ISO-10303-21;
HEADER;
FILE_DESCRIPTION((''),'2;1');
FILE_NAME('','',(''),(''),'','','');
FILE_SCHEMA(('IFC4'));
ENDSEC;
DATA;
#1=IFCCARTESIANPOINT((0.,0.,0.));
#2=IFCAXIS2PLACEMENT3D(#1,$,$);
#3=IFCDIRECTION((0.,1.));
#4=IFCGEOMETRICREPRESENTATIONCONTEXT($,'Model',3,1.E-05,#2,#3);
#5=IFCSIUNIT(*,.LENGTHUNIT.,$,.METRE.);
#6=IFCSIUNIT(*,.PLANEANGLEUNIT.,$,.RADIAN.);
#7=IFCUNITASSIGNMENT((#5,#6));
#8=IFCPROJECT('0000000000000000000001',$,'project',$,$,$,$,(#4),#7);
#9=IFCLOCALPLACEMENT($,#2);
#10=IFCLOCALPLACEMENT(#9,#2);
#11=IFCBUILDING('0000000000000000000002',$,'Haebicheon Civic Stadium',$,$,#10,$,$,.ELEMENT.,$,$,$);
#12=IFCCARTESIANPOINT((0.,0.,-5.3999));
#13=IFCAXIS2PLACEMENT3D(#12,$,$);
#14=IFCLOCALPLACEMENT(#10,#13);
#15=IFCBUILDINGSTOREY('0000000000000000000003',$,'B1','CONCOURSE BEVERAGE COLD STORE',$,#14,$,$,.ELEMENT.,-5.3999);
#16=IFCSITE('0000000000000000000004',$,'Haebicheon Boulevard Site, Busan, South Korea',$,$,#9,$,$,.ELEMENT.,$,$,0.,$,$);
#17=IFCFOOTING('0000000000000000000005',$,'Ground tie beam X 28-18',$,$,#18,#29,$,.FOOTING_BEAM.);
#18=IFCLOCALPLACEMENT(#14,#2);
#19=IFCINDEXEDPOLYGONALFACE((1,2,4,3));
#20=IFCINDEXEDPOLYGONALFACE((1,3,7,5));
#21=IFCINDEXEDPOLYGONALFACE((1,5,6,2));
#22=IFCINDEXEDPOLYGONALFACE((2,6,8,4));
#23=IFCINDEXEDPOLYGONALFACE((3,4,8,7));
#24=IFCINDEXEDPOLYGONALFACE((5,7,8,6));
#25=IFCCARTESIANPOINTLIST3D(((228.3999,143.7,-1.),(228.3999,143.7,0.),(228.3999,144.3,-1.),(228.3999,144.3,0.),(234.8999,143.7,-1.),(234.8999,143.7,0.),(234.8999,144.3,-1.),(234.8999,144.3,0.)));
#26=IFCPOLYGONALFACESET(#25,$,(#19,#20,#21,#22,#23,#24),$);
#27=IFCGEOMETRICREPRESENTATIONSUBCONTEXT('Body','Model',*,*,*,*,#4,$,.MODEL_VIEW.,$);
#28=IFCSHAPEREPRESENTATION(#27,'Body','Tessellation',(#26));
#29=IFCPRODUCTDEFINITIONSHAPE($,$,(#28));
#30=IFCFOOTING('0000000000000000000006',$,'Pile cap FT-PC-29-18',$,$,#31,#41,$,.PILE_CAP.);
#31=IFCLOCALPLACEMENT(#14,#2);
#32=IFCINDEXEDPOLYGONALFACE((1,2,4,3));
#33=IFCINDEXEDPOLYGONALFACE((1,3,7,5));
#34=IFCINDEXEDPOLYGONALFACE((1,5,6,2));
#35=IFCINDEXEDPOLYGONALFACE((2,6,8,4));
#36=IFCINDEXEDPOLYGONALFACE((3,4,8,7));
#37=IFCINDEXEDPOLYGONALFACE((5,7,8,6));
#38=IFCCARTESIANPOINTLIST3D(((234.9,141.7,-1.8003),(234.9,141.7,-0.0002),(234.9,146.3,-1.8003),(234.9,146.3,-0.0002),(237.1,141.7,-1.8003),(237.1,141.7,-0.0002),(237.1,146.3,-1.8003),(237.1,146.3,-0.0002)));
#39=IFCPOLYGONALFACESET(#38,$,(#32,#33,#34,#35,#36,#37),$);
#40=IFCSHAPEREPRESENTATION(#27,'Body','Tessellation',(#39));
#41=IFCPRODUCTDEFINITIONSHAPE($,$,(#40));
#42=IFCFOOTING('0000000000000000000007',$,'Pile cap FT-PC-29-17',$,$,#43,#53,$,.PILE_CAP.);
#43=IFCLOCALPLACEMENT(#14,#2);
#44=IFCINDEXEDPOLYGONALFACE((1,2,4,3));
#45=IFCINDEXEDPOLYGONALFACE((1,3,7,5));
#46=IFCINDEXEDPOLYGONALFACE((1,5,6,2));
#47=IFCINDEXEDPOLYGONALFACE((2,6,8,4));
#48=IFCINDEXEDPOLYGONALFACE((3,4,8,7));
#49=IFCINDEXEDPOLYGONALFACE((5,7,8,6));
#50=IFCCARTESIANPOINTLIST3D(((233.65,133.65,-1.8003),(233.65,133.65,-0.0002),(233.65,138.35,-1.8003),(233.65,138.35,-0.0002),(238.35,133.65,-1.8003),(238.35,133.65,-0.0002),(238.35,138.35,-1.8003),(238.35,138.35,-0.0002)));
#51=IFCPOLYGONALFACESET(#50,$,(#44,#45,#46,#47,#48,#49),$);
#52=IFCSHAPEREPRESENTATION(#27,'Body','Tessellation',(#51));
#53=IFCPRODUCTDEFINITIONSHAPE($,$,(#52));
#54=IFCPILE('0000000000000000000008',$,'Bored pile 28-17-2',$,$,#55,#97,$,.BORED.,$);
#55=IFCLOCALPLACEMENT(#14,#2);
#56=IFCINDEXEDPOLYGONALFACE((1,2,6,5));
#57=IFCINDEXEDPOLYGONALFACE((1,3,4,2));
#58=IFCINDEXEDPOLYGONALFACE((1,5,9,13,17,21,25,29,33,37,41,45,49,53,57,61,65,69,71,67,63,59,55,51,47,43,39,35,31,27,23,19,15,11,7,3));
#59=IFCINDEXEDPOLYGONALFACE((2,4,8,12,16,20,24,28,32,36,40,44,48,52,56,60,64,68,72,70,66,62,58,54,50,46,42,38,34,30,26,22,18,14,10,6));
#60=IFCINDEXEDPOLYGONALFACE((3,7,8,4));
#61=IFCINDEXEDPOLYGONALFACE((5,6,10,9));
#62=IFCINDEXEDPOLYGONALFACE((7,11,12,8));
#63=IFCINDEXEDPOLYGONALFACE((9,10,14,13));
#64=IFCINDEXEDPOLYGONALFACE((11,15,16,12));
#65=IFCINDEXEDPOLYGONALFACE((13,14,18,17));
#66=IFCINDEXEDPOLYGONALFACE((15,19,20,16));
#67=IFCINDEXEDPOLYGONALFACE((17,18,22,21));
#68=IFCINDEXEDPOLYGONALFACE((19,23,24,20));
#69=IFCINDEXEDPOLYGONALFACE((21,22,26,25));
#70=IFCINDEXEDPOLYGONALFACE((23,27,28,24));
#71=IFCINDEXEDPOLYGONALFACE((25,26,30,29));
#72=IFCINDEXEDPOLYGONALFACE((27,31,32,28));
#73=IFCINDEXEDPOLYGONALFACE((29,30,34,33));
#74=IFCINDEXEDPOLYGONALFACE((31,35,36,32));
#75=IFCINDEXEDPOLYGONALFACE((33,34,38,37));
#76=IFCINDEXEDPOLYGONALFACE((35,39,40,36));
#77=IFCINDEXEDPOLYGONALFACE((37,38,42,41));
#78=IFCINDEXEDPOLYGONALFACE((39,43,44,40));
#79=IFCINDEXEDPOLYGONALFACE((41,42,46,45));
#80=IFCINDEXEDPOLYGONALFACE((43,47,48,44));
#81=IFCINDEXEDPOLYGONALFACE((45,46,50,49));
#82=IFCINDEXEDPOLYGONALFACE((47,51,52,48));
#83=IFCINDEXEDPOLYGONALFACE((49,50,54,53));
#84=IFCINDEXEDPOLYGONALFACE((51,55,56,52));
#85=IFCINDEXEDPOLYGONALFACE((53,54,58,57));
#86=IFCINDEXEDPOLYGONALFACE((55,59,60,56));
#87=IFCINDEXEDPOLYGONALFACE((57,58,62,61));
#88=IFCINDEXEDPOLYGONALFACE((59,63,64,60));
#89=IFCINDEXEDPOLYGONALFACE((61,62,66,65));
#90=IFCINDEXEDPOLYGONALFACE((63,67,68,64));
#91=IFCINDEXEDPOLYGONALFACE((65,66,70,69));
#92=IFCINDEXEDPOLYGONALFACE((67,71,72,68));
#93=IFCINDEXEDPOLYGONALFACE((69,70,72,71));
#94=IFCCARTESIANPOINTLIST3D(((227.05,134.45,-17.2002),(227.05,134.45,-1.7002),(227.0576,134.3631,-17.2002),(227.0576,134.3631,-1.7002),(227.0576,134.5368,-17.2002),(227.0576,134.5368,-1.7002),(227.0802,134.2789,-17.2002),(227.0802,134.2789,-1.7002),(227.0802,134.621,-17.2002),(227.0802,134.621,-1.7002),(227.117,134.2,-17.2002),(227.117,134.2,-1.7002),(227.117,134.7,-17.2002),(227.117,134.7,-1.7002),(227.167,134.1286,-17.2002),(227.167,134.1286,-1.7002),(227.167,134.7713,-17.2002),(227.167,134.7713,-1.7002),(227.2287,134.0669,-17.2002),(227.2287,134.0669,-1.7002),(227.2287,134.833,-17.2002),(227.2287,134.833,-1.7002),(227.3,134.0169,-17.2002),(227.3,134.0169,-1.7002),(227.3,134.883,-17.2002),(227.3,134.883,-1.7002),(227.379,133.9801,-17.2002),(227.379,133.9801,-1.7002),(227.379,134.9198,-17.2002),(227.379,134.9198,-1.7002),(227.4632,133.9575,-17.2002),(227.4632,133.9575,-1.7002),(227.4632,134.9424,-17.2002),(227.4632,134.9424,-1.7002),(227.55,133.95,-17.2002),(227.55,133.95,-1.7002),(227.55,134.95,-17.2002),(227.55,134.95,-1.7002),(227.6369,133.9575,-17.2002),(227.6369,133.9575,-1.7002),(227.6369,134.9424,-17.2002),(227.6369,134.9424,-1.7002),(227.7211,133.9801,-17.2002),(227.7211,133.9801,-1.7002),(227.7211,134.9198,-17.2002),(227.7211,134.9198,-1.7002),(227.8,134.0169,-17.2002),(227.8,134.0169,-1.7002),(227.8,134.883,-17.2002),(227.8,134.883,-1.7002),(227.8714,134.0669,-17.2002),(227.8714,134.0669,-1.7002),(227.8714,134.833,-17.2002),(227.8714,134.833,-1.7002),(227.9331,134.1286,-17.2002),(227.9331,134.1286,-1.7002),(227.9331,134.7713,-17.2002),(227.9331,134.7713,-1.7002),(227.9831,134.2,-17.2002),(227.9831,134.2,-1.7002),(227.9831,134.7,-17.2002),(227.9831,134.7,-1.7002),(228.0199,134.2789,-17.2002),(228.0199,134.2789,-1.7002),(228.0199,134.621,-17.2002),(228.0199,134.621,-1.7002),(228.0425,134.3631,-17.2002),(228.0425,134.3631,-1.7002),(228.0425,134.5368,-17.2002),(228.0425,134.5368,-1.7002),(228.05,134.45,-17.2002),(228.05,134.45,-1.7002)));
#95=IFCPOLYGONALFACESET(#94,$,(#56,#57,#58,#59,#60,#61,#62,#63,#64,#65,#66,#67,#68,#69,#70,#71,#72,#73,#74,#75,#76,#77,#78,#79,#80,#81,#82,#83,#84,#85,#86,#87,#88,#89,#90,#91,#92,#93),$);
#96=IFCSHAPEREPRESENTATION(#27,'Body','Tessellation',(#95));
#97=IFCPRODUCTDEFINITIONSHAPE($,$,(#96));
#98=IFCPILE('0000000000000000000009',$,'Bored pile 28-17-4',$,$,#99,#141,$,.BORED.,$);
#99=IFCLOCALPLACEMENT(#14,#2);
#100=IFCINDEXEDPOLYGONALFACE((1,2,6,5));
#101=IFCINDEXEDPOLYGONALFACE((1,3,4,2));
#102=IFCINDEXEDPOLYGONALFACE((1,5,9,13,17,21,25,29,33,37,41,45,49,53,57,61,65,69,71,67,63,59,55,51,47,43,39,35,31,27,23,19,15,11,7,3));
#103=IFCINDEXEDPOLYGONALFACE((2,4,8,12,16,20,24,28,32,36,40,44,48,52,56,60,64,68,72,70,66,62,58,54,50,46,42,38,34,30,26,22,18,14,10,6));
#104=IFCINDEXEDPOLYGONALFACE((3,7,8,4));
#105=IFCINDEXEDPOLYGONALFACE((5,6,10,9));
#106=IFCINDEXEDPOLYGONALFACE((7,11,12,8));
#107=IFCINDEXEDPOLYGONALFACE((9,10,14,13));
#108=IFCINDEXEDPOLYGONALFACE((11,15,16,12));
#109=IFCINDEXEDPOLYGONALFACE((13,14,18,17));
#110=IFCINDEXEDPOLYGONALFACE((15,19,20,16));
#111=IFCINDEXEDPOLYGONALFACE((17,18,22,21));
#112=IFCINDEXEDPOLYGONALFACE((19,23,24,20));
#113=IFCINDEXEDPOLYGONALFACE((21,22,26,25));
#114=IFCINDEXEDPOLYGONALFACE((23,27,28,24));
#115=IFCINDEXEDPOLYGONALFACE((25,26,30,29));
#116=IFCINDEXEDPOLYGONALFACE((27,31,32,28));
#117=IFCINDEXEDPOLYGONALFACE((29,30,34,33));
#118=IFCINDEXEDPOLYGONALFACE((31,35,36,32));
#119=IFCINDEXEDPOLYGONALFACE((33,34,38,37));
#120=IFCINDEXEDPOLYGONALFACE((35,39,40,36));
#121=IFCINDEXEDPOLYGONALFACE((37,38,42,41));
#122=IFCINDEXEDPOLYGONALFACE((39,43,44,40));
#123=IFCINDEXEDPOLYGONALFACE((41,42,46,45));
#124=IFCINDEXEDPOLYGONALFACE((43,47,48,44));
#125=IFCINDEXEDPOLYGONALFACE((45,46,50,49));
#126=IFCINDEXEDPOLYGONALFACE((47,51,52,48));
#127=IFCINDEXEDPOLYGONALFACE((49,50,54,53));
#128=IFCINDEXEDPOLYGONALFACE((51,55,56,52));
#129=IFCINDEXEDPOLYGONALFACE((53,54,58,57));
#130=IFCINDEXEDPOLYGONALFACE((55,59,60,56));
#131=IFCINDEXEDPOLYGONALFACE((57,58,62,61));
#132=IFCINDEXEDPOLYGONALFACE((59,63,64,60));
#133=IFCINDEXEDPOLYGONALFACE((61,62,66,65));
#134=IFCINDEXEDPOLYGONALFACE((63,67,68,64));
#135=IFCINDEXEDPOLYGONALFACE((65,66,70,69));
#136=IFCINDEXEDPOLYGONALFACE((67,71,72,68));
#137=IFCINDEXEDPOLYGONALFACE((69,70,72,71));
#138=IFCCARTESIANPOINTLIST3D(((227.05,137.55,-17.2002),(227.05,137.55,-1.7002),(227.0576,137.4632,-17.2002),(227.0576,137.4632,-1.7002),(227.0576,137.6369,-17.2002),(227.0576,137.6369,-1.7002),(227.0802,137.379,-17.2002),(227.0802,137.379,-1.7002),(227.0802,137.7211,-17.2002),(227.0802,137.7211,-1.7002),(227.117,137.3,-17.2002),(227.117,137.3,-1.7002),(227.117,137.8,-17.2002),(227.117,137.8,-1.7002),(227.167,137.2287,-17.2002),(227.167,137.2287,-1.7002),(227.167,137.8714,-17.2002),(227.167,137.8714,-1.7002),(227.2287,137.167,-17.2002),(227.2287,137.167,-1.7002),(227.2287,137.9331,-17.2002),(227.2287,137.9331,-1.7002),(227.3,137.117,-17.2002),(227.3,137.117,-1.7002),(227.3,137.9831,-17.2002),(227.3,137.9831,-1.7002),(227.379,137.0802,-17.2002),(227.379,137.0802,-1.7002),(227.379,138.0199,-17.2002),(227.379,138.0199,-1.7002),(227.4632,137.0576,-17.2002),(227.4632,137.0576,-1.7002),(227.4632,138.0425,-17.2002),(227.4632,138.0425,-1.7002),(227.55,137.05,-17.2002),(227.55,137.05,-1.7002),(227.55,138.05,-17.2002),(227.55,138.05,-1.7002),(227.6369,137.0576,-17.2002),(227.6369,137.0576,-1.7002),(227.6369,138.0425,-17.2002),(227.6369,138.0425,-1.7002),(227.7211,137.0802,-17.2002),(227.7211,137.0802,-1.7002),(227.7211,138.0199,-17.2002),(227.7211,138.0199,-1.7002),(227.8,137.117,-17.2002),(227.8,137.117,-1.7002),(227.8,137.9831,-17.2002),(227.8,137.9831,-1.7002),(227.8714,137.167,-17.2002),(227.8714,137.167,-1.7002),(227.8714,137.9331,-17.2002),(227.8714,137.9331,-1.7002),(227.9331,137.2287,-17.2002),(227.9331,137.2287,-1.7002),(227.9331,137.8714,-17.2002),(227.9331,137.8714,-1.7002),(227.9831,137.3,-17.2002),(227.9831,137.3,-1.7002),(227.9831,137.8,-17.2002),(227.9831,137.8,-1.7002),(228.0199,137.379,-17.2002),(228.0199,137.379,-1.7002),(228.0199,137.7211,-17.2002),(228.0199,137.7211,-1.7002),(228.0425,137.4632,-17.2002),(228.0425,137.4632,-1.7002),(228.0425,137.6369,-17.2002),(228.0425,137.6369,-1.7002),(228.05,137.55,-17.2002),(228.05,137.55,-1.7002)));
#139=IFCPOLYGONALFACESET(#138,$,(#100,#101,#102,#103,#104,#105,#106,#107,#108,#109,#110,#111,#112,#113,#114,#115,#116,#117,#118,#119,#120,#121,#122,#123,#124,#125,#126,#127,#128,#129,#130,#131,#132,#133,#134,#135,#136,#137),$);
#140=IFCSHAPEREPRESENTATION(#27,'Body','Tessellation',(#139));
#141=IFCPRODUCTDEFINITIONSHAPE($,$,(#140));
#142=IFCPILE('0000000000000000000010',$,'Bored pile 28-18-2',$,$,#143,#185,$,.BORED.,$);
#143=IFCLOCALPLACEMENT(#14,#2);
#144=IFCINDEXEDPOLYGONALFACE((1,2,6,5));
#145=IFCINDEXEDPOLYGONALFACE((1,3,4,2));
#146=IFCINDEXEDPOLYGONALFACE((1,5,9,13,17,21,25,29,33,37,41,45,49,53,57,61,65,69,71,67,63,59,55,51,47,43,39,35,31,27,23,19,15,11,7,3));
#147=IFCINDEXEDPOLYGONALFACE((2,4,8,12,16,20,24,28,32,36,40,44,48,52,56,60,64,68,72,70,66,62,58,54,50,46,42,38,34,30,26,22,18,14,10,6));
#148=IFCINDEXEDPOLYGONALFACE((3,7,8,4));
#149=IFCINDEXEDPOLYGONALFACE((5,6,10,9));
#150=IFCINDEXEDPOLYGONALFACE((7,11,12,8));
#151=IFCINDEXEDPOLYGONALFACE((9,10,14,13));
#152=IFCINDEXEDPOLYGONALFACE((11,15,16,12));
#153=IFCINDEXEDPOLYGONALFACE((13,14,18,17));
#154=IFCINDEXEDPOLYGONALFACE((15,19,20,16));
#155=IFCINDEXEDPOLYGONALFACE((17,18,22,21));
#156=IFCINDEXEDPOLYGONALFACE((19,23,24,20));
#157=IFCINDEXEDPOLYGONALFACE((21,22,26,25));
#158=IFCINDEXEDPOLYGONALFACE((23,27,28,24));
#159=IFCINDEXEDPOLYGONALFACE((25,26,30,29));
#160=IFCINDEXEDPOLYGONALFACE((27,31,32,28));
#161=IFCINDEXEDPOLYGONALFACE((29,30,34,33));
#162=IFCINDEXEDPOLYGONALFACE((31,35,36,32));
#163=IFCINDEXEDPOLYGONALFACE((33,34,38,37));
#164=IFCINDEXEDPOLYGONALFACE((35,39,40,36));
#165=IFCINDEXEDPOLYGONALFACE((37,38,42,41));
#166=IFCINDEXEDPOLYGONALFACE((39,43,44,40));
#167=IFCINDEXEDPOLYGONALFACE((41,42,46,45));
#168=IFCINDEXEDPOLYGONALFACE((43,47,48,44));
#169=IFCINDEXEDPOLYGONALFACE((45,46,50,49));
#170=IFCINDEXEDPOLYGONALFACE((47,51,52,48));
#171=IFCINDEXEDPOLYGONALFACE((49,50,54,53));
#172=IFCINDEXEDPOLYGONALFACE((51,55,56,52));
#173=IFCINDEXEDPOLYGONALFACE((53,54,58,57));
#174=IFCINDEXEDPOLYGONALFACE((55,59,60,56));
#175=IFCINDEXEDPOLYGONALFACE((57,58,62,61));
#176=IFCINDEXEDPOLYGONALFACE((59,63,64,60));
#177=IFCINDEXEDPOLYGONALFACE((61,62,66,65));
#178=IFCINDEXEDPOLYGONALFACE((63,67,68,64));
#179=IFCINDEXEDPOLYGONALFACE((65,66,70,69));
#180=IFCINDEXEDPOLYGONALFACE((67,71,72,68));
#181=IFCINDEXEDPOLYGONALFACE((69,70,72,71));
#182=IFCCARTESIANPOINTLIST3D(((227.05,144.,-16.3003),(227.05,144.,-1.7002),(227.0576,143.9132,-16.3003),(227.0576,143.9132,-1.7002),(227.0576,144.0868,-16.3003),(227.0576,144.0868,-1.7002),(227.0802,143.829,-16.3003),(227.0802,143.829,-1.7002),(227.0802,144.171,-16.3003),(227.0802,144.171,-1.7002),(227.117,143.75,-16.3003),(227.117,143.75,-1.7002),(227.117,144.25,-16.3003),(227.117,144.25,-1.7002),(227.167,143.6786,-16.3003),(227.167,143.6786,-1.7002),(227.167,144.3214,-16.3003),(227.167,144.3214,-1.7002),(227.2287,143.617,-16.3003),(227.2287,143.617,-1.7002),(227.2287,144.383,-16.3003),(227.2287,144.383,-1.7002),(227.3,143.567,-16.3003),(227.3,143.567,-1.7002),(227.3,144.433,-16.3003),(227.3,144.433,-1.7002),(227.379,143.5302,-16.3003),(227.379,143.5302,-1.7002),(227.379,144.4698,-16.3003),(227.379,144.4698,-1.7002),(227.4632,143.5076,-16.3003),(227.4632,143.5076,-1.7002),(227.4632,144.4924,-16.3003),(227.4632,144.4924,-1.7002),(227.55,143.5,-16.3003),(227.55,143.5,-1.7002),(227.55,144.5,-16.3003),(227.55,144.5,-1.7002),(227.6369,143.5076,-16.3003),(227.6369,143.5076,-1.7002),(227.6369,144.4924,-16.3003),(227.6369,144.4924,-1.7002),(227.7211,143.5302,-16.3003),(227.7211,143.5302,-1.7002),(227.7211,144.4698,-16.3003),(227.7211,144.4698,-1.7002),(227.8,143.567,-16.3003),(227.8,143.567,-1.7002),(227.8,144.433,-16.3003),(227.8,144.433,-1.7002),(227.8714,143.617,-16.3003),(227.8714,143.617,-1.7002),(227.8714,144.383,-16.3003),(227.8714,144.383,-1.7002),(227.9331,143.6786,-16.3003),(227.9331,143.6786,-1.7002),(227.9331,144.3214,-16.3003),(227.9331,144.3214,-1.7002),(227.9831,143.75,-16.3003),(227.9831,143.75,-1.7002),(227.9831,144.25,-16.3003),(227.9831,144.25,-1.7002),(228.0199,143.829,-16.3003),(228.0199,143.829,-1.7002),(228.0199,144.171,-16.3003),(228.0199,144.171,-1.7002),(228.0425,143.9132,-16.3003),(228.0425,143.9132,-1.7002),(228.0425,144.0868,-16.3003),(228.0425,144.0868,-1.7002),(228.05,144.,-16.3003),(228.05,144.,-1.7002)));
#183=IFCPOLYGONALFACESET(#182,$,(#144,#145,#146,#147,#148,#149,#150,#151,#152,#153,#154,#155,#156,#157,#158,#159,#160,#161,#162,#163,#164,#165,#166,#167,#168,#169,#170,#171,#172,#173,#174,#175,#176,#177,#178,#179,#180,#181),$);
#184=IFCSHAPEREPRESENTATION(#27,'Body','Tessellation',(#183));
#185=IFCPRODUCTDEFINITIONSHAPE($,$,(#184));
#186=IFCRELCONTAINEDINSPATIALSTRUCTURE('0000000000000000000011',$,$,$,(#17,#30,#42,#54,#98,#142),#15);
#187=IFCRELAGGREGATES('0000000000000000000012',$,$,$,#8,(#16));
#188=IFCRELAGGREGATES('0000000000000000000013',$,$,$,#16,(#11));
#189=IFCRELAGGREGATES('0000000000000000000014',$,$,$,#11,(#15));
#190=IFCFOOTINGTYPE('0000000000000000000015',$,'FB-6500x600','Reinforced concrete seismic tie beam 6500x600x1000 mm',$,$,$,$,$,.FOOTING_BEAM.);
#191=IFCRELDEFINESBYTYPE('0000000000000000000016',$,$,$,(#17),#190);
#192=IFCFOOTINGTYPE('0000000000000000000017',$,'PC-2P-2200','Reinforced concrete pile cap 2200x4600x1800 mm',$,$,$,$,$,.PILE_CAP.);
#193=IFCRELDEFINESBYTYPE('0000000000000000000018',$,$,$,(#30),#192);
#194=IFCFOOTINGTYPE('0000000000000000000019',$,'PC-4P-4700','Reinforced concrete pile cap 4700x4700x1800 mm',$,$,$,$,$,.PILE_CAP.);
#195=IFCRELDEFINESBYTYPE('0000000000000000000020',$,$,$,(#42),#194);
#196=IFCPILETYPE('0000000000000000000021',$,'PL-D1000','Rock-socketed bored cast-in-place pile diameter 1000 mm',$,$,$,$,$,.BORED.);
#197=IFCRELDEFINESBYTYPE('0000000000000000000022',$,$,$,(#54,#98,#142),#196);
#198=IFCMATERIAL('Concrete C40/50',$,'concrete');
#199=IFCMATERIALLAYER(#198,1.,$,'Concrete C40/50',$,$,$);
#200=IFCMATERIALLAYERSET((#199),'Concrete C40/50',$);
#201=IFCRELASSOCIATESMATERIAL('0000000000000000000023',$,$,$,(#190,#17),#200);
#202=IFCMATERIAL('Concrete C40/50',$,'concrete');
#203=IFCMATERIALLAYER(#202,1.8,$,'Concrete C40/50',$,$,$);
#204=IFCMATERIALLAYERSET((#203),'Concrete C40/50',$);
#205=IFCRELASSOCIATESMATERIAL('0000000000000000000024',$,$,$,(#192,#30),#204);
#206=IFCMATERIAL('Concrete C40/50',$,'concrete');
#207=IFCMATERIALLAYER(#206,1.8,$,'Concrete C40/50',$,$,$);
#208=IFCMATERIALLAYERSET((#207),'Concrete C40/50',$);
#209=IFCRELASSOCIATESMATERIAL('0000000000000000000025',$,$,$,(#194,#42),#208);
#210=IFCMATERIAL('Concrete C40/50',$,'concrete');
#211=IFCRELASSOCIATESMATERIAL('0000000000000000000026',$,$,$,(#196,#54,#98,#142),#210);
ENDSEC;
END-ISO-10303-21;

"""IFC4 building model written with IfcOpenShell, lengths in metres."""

from ifc_helpers import new_model, si_unit, direction, frame, origin, origin_2d, place, context, subcontext, project, spatial, rectangle, circle, extrude, material, layer, layer_set, material_profile, profile_set, type_object, element, save


model = new_model("IFC4")

# Units and contexts
model_context = context("Model", 3, precision=1e-05, world=origin(), true_north=direction((0.0, 1.0)))
body_context = subcontext(model_context, "Body", "Model", "MODEL_VIEW")
ifc_project = project(units=[si_unit("LENGTHUNIT", "METRE"), si_unit("PLANEANGLEUNIT", "RADIAN")], contexts=[model_context])

# Site, building, storey
site_placement = place(None, origin())
site = spatial("IfcSite", under=ifc_project, at=site_placement, Name="Haebicheon Boulevard Site, Busan, South Korea", CompositionType="ELEMENT", RefElevation=0.0)
building_placement = place(site_placement, origin())
building = spatial("IfcBuilding", under=site, at=building_placement, Name="Haebicheon Civic Stadium", CompositionType="ELEMENT")
storey_placement = place(building_placement, frame((0.0, 0.0, -5.3999)))
storey = spatial("IfcBuildingStorey", under=building, at=storey_placement, Name="B1", Description="CONCOURSE BEVERAGE COLD STORE", CompositionType="ELEMENT", Elevation=-5.3999)

# Footings
ifc_material_1 = material(Name="Concrete C40/50", Category="concrete")
ifc_layer_1 = layer(ifc_material_1, 1.0, Name="Concrete C40/50")
ifc_layer_set_1 = layer_set([ifc_layer_1], Name="Concrete C40/50")
footing_type_1 = type_object("IfcFootingType", Name="FB-6500x600", Description="Reinforced concrete seismic tie beam 6500x600x1000 mm", PredefinedType="FOOTING_BEAM", material=ifc_layer_set_1)
footing_1_placement = place(storey_placement, frame((231.6499, 144.0, -1.0), z_axis=(0.0, 0.0, 1.0), x_axis=(1.0, 0.0, 0.0)))
element("IfcFooting", 1, at=footing_1_placement, inside=storey, type_object=footing_type_1, material=ifc_layer_set_1, Name="Ground tie beam X 28-18", PredefinedType="FOOTING_BEAM", context=body_context, shape_type="SweptSolid", body=[
    extrude(rectangle(XDim=6.5, YDim=0.6001, at=origin_2d()), origin(), (0.0, 0.0, 1.0), 1.0),
])
ifc_material_2 = material(Name="Concrete C40/50", Category="concrete")
ifc_layer_2 = layer(ifc_material_2, 1.8, Name="Concrete C40/50")
ifc_layer_set_2 = layer_set([ifc_layer_2], Name="Concrete C40/50")
footing_type_2 = type_object("IfcFootingType", Name="PC-2P-2200", Description="Reinforced concrete pile cap 2200x4600x1800 mm", PredefinedType="PILE_CAP", material=ifc_layer_set_2)
footing_2_placement = place(storey_placement, frame((236.0, 144.0, -1.8003), z_axis=(0.0, 0.0, 1.0), x_axis=(1.0, 0.0, 0.0)))
element("IfcFooting", 2, at=footing_2_placement, inside=storey, type_object=footing_type_2, material=ifc_layer_set_2, Name="Pile cap FT-PC-29-18", PredefinedType="PILE_CAP", context=body_context, shape_type="SweptSolid", body=[
    extrude(rectangle(XDim=2.2, YDim=4.6001, at=origin_2d()), origin(), (0.0, 0.0, 1.0), 1.8),
])
ifc_material_3 = material(Name="Concrete C40/50", Category="concrete")
ifc_layer_3 = layer(ifc_material_3, 1.8, Name="Concrete C40/50")
ifc_layer_set_3 = layer_set([ifc_layer_3], Name="Concrete C40/50")
footing_type_3 = type_object("IfcFootingType", Name="PC-4P-4700", Description="Reinforced concrete pile cap 4700x4700x1800 mm", PredefinedType="PILE_CAP", material=ifc_layer_set_3)
footing_3_placement = place(storey_placement, frame((236.0, 136.0, -1.8003), z_axis=(0.0, 0.0, 1.0), x_axis=(1.0, 0.0, 0.0)))
element("IfcFooting", 3, at=footing_3_placement, inside=storey, type_object=footing_type_3, material=ifc_layer_set_3, Name="Pile cap FT-PC-29-17", PredefinedType="PILE_CAP", context=body_context, shape_type="SweptSolid", body=[
    extrude(rectangle(XDim=4.7, YDim=4.7, at=origin_2d()), origin(), (0.0, 0.0, 1.0), 1.8),
])

# Piles
ifc_material_4 = material(Name="Concrete C40/50", Category="concrete")
ifc_material_profile_1 = material_profile(ifc_material_4, circle(Radius=0.5, at=origin_2d()), Name="PILE-D1000")
ifc_profile_set_1 = profile_set([ifc_material_profile_1], Name="Concrete C40/50")
pile_type = type_object("IfcPileType", Name="PL-D1000", Description="Rock-socketed bored cast-in-place pile diameter 1000 mm", PredefinedType="BORED", material=ifc_profile_set_1)
for number, where, z_axis, x_axis, name in (
    (4, (227.55, 134.45, -1.7002), (0.0, 0.0, -1.0), (1.0, 0.0, 0.0), "Bored pile 28-17-2"),
    (5, (227.55, 137.55, -1.7002), (0.0, 0.0, -1.0), (1.0, 0.0, 0.0), "Bored pile 28-17-4"),
):
    element("IfcPile", number, at=place(storey_placement, frame(where, z_axis=z_axis, x_axis=x_axis)), inside=storey, type_object=pile_type, material=ifc_profile_set_1, Name=name, PredefinedType="BORED", context=body_context, shape_type="SweptSolid", body=[
        extrude(circle(Radius=0.5, at=origin_2d()), origin(), (0.0, 0.0, 1.0), 15.5),
    ])
pile_placement = place(storey_placement, frame((227.55, 144.0, -1.7002), z_axis=(0.0, 0.0, -1.0), x_axis=(1.0, 0.0, 0.0)))
element("IfcPile", 6, at=pile_placement, inside=storey, type_object=pile_type, material=ifc_profile_set_1, Name="Bored pile 28-18-2", PredefinedType="BORED", context=body_context, shape_type="SweptSolid", body=[
    extrude(circle(Radius=0.5, at=origin_2d()), origin(), (0.0, 0.0, 1.0), 14.6001),
])

save(model, "model.ifc")
